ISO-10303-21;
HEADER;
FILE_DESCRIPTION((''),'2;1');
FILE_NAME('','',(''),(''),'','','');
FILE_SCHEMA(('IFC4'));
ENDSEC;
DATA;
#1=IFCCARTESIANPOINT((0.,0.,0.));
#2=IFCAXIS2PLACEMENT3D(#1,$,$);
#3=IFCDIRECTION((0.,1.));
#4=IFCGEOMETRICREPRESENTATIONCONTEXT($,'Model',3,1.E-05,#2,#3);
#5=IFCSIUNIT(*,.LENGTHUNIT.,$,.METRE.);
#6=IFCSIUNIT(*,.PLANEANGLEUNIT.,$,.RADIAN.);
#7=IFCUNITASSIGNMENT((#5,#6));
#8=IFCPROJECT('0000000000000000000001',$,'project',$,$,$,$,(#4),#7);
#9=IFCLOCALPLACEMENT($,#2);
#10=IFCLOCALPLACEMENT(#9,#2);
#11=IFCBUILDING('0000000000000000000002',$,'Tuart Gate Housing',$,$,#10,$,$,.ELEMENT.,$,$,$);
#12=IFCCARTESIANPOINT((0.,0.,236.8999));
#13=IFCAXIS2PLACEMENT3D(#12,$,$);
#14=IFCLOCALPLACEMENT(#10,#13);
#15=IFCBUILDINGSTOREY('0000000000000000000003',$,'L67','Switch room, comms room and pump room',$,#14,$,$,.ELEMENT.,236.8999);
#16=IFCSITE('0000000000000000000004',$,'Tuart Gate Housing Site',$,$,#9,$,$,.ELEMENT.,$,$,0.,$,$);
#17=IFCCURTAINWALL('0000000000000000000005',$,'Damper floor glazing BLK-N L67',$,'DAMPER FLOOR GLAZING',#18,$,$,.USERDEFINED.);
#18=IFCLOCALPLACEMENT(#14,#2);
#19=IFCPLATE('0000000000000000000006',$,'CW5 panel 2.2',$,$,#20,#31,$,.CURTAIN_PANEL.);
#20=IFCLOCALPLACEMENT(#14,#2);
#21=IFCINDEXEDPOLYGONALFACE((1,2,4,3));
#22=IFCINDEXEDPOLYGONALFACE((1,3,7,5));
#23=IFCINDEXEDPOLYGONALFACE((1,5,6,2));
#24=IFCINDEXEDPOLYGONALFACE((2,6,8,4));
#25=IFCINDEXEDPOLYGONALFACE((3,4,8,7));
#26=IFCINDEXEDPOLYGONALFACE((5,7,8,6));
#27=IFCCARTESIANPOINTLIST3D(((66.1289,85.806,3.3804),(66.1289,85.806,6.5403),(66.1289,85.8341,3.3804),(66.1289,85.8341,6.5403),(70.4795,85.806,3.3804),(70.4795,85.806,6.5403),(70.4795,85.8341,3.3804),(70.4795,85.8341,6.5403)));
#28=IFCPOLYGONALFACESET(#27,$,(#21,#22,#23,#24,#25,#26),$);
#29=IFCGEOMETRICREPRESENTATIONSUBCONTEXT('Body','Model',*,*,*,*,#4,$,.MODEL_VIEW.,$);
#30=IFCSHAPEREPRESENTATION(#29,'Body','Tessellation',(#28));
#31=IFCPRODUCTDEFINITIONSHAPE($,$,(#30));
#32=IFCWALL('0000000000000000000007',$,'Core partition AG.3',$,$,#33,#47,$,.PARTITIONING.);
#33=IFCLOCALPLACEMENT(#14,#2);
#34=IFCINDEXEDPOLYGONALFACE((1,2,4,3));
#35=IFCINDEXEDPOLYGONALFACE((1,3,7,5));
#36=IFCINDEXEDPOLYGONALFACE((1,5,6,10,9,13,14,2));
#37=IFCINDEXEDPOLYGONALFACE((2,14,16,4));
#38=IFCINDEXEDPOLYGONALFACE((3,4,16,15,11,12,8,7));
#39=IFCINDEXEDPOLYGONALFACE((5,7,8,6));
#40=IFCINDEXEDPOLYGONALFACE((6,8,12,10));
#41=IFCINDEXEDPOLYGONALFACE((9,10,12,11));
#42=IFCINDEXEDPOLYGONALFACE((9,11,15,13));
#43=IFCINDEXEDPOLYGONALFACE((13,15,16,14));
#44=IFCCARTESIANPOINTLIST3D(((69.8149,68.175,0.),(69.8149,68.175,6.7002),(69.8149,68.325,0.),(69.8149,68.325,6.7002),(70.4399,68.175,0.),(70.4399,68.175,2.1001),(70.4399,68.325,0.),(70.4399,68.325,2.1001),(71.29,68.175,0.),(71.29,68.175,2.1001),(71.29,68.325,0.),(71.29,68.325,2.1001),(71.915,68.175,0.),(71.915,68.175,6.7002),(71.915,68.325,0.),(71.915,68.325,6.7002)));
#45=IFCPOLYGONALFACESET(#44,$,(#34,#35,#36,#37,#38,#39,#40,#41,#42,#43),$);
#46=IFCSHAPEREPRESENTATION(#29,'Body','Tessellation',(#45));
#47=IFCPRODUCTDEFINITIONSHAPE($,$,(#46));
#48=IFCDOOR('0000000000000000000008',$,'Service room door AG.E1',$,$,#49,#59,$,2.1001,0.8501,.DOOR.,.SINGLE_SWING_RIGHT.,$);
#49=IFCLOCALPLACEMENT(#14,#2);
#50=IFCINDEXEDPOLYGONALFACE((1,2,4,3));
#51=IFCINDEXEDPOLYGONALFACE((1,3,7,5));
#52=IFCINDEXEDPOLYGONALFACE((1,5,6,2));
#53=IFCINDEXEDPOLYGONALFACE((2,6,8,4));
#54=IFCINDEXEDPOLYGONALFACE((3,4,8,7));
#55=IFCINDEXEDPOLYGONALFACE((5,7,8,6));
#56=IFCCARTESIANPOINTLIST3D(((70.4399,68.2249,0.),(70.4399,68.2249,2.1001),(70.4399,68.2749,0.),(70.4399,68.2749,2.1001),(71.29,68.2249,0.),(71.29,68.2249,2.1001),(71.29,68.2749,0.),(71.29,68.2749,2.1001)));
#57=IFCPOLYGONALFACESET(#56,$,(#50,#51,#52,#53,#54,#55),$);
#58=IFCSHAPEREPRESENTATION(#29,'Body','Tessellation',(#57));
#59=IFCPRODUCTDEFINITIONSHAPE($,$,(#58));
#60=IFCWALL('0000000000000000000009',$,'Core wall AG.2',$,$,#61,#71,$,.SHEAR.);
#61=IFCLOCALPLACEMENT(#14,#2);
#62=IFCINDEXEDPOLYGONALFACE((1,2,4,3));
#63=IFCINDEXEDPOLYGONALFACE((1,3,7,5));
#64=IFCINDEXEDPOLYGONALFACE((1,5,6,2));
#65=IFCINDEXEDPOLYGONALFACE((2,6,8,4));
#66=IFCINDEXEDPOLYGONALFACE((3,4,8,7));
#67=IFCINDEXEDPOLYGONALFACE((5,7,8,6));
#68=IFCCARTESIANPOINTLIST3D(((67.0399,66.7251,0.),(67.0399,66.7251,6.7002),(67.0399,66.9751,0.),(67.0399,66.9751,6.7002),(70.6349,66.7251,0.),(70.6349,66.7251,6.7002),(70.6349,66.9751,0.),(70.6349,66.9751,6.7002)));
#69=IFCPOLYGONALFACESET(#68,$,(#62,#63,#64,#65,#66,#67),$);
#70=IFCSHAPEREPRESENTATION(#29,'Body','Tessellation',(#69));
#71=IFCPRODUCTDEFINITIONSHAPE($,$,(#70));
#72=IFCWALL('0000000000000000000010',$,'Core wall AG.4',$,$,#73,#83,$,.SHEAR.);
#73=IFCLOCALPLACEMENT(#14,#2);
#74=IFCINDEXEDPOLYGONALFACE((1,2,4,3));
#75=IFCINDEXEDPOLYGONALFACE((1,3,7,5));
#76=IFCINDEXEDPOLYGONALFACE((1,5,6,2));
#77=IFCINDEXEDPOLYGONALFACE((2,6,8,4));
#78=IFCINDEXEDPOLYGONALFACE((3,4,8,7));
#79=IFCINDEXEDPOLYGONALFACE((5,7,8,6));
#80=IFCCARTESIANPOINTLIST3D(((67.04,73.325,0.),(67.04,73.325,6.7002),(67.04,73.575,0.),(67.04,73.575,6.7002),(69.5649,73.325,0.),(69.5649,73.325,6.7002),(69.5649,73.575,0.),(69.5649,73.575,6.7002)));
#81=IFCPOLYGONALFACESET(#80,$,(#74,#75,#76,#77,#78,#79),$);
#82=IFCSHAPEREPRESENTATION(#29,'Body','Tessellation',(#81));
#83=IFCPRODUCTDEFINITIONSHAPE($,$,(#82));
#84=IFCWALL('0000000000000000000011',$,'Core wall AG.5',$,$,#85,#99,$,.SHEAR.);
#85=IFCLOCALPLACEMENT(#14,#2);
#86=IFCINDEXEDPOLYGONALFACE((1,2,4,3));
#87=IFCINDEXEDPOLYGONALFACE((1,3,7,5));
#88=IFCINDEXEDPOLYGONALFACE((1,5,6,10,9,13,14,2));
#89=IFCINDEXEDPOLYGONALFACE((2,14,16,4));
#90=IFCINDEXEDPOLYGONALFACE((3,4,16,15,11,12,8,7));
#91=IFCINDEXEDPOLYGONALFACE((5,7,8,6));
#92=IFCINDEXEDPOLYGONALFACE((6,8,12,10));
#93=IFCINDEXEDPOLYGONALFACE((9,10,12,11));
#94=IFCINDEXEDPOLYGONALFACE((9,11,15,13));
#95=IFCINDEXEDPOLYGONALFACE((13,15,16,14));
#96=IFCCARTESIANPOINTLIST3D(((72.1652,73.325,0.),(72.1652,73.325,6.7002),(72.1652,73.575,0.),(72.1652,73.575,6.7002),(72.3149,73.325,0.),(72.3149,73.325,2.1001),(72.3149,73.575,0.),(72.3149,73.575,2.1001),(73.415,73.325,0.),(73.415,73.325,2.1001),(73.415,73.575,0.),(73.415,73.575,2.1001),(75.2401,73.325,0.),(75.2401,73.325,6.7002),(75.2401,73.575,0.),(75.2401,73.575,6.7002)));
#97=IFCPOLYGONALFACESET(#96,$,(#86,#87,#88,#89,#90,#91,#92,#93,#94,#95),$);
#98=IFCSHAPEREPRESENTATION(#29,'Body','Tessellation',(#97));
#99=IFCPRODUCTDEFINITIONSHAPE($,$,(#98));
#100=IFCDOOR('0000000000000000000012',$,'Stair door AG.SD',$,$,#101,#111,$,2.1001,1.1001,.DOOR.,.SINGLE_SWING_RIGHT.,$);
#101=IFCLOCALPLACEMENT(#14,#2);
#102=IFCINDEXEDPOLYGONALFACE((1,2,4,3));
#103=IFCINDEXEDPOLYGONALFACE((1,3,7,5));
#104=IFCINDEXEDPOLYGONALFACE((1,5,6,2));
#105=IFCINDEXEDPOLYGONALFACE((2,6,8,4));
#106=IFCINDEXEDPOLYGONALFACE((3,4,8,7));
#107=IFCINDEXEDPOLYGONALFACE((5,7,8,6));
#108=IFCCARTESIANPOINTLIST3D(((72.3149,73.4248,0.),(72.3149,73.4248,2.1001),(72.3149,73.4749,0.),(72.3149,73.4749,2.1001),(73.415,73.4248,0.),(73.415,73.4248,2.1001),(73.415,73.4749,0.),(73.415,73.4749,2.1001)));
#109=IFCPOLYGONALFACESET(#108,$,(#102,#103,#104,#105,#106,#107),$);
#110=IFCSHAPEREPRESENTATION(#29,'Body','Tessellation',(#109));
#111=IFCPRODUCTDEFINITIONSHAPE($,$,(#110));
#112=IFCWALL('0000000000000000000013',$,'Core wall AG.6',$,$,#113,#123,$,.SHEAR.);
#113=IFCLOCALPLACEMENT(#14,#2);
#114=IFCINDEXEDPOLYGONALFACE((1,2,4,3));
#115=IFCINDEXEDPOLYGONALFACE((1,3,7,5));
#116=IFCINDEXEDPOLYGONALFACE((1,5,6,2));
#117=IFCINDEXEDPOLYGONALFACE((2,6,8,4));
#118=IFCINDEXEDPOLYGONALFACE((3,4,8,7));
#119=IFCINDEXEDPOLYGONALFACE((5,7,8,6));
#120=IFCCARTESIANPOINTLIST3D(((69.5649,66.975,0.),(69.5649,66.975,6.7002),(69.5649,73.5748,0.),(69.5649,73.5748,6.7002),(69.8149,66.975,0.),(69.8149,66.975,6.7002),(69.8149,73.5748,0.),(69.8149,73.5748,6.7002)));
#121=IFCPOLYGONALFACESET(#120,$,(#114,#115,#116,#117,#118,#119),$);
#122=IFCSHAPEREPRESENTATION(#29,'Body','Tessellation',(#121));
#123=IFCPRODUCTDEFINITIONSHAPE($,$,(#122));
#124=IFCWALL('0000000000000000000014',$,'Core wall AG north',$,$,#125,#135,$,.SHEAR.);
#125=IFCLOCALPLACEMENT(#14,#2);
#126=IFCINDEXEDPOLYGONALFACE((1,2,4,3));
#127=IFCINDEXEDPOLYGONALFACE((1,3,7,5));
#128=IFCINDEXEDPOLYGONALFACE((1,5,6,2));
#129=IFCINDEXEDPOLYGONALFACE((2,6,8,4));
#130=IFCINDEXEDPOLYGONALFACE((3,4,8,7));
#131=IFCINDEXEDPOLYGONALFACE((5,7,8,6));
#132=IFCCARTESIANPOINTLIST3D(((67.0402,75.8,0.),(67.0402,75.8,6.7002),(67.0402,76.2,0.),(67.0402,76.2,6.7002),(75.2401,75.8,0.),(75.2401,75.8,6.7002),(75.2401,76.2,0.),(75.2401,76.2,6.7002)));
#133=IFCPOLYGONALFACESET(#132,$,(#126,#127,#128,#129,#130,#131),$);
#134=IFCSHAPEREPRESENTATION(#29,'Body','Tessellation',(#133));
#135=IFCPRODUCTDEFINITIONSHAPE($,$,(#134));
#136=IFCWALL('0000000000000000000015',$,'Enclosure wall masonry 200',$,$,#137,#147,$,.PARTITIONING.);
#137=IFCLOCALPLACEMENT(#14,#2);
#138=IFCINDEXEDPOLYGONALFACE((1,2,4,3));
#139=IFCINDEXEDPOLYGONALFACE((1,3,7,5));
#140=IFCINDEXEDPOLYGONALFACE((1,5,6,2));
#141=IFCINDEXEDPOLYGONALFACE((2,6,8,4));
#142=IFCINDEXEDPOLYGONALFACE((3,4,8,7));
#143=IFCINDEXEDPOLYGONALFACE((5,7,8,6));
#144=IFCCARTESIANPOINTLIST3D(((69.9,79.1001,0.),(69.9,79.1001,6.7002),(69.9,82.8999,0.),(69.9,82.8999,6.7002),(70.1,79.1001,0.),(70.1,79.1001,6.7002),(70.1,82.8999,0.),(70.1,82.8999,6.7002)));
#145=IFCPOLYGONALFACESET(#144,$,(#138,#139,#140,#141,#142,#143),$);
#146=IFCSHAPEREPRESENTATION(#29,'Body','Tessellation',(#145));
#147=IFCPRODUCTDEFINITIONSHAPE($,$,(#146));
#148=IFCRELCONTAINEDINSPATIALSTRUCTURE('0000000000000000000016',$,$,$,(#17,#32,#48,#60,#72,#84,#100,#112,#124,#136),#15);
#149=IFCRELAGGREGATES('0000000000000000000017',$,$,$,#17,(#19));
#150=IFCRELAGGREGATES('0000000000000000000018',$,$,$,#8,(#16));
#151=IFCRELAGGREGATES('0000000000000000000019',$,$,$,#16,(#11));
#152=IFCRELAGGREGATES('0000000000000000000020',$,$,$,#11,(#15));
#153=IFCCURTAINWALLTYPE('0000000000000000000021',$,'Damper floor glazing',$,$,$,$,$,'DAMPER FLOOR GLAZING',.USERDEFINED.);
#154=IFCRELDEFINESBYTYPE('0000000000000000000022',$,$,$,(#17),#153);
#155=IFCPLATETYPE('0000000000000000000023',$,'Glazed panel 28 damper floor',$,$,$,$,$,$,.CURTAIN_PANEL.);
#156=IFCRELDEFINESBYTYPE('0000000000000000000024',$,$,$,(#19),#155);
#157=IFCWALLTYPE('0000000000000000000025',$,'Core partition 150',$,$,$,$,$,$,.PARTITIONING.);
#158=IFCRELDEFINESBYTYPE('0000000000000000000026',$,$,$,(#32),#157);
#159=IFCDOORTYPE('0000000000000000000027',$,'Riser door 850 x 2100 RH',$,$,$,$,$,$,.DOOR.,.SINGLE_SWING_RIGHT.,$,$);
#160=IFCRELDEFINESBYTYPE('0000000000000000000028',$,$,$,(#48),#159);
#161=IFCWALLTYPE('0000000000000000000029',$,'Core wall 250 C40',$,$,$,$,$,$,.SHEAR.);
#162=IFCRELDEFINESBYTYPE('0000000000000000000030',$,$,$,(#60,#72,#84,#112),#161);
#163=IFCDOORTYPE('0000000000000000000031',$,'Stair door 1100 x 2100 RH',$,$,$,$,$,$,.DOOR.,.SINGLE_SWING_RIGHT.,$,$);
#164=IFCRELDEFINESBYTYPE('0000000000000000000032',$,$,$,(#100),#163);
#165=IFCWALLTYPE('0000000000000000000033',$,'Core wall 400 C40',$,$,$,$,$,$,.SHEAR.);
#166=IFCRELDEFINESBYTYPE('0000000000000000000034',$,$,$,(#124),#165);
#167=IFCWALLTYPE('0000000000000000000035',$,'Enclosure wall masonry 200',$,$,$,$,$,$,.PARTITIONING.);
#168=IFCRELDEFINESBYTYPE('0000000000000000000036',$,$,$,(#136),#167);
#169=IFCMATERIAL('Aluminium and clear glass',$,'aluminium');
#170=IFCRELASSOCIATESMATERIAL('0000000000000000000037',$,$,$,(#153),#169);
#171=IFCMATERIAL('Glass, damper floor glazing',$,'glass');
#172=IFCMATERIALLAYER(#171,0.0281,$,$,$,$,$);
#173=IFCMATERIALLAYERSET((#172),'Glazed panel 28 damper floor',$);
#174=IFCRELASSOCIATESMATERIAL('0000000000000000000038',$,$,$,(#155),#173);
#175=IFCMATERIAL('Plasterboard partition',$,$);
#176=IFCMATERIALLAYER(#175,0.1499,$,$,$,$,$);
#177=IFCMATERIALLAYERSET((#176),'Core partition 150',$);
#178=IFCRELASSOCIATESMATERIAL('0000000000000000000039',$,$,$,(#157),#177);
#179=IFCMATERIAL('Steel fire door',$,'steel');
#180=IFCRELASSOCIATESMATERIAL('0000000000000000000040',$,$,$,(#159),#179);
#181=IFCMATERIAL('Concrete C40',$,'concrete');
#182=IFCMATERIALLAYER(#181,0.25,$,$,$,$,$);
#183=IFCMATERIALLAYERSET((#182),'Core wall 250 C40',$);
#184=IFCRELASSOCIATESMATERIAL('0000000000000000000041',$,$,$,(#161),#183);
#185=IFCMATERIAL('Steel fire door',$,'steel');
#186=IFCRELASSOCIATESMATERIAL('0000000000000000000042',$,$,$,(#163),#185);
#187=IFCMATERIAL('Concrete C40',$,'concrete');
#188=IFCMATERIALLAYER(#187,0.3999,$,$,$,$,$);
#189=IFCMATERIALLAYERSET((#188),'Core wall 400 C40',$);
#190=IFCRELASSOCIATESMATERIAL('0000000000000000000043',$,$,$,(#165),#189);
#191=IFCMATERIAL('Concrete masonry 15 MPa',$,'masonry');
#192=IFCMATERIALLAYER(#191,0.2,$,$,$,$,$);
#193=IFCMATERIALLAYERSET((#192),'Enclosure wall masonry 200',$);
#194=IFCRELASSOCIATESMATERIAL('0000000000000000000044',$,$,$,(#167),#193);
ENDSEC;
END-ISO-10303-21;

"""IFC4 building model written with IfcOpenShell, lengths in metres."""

from ifc_helpers import new_model, si_unit, direction, frame, frame_2d, origin, origin_2d, place, context, subcontext, project, spatial, rectangle, extrude, material, layer, layer_set, type_object, element, fill, aggregate, save


model = new_model("IFC4")

# Units and contexts
model_context = context("Model", 3, precision=1e-05, world=origin(), true_north=direction((0.0, 1.0)))
body_context = subcontext(model_context, "Body", "Model", "MODEL_VIEW")
ifc_project = project(units=[si_unit("LENGTHUNIT", "METRE"), si_unit("PLANEANGLEUNIT", "RADIAN")], contexts=[model_context])

# Site, building, storey
site_placement = place(None, origin())
site = spatial("IfcSite", under=ifc_project, at=site_placement, Name="Tuart Gate Housing Site", CompositionType="ELEMENT", RefElevation=0.0)
building_placement = place(site_placement, origin())
building = spatial("IfcBuilding", under=site, at=building_placement, Name="Tuart Gate Housing", CompositionType="ELEMENT")
storey_placement = place(building_placement, frame((0.0, 0.0, 236.8999)))
storey = spatial("IfcBuildingStorey", under=building, at=storey_placement, Name="L67", Description="Switch room, comms room and pump room", CompositionType="ELEMENT", Elevation=236.8999)

# Curtain wall, plate
ifc_material_1 = material(Name="Aluminium and clear glass", Category="aluminium")
curtain_wall_type = type_object("IfcCurtainWallType", Name="Damper floor glazing", ElementType="DAMPER FLOOR GLAZING", PredefinedType="USERDEFINED", material=ifc_material_1)
curtain_wall_placement = place(storey_placement, origin())
curtain_wall = element("IfcCurtainWall", 1, at=curtain_wall_placement, inside=storey, type_object=curtain_wall_type, Name="Damper floor glazing BLK-N L67", ObjectType="DAMPER FLOOR GLAZING", PredefinedType="USERDEFINED")
ifc_material_2 = material(Name="Glass, damper floor glazing", Category="glass")
ifc_layer_1 = layer(ifc_material_2, 0.0281)
ifc_layer_set_1 = layer_set([ifc_layer_1], Name="Glazed panel 28 damper floor")
plate_type = type_object("IfcPlateType", Name="Glazed panel 28 damper floor", PredefinedType="CURTAIN_PANEL", material=ifc_layer_set_1)
plate_1_placement = place(storey_placement, frame((68.3042, 85.8201, 3.3804), z_axis=(0.0, 0.0, 1.0), x_axis=(-1.0, 0.0, 0.0)))
plate_1 = element("IfcPlate", 2, at=plate_1_placement, type_object=plate_type, Name="CW5 panel 2.2", PredefinedType="CURTAIN_PANEL", context=body_context, shape_type="SweptSolid", body=[
    extrude(rectangle(XDim=4.3506, YDim=0.0281, at=origin_2d()), origin(), (0.0, 0.0, 1.0), 3.1599),
])
aggregate(curtain_wall, [plate_1])

# Wall, opening, door
ifc_material_3 = material(Name="Plasterboard partition")
ifc_layer_2 = layer(ifc_material_3, 0.1499)
ifc_layer_set_2 = layer_set([ifc_layer_2], Name="Core partition 150")
wall_type_1 = type_object("IfcWallType", Name="Core partition 150", PredefinedType="PARTITIONING", material=ifc_layer_set_2)
wall_1_placement = place(storey_placement, frame((69.8149, 68.25, 0.0), z_axis=(0.0, 0.0, 1.0), x_axis=(1.0, 0.0, 0.0)))
wall_1 = element("IfcWall", 3, at=wall_1_placement, inside=storey, type_object=wall_type_1, Name="Core partition AG.3", PredefinedType="PARTITIONING", context=body_context, shape_type="SweptSolid", body=[
    extrude(rectangle(XDim=2.1001, YDim=0.1499, at=frame_2d((1.05, 0.0))), origin(), (0.0, 0.0, 1.0), 6.7002),
])
opening_1_placement = place(wall_1_placement, frame((0.625, 0.0, 0.0)))
opening_1 = element("IfcOpeningElement", 4, at=opening_1_placement, cuts=wall_1, PredefinedType="OPENING", context=body_context, shape_type="SweptSolid", body=[
    extrude(rectangle(XDim=0.8501, YDim=2.1001, at=frame_2d((0.425, 1.05))), frame((0.0, 0.085, 0.0), z_axis=(0.0, -1.0, 0.0), x_axis=(1.0, 0.0, 0.0)), (0.0, 0.0, 1.0), 0.1699),
])
ifc_material_4 = material(Name="Steel fire door", Category="steel")
door_type_1 = type_object("IfcDoorType", Name="Riser door 850 x 2100 RH", OperationType="SINGLE_SWING_RIGHT", PredefinedType="DOOR", material=ifc_material_4)
door_1_placement = place(opening_1_placement, frame((0.8501, 0.0, 0.0), z_axis=(0.0, 0.0, 1.0), x_axis=(-1.0, 0.0, 0.0)))
door_1 = element("IfcDoor", 5, at=door_1_placement, inside=storey, type_object=door_type_1, Name="Service room door AG.E1", OperationType="SINGLE_SWING_RIGHT", OverallHeight=2.1001, OverallWidth=0.8501, PredefinedType="DOOR", context=body_context, shape_type="SweptSolid", body=[
    extrude(rectangle(XDim=0.8501, YDim=2.1001, at=frame_2d((0.425, 1.05))), frame((0.0, 0.0251, 0.0), z_axis=(0.0, -1.0, 0.0), x_axis=(1.0, 0.0, 0.0)), (0.0, 0.0, 1.0), 0.05),
])
fill(opening_1, door_1)

# Walls
ifc_material_5 = material(Name="Concrete C40", Category="concrete")
ifc_layer_3 = layer(ifc_material_5, 0.25)
ifc_layer_set_3 = layer_set([ifc_layer_3], Name="Core wall 250 C40")
wall_type_2 = type_object("IfcWallType", Name="Core wall 250 C40", PredefinedType="SHEAR", material=ifc_layer_set_3)
wall_2_placement = place(storey_placement, frame((67.04, 66.8501, 0.0), z_axis=(0.0, 0.0, 1.0), x_axis=(1.0, 0.0, 0.0)))
element("IfcWall", 6, at=wall_2_placement, inside=storey, type_object=wall_type_2, Name="Core wall AG.2", PredefinedType="SHEAR", context=body_context, shape_type="SweptSolid", body=[
    extrude(rectangle(XDim=3.595, YDim=0.25, at=frame_2d((1.7974, 0.0))), origin(), (0.0, 0.0, 1.0), 6.7002),
])
wall_3_placement = place(storey_placement, frame((67.04, 73.45, 0.0), z_axis=(0.0, 0.0, 1.0), x_axis=(1.0, 0.0, 0.0)))
element("IfcWall", 7, at=wall_3_placement, inside=storey, type_object=wall_type_2, Name="Core wall AG.4", PredefinedType="SHEAR", context=body_context, shape_type="SweptSolid", body=[
    extrude(rectangle(XDim=2.5249, YDim=0.25, at=frame_2d((1.2625, 0.0))), origin(), (0.0, 0.0, 1.0), 6.7002),
])

# Wall, opening, door
wall_4_placement = place(storey_placement, frame((72.165, 73.45, 0.0), z_axis=(0.0, 0.0, 1.0), x_axis=(1.0, 0.0, 0.0)))
wall_4 = element("IfcWall", 8, at=wall_4_placement, inside=storey, type_object=wall_type_2, Name="Core wall AG.5", PredefinedType="SHEAR", context=body_context, shape_type="SweptSolid", body=[
    extrude(rectangle(XDim=3.075, YDim=0.25, at=frame_2d((1.5376, 0.0))), origin(), (0.0, 0.0, 1.0), 6.7002),
])
opening_2_placement = place(wall_4_placement, frame((0.1499, 0.0, 0.0)))
opening_2 = element("IfcOpeningElement", 9, at=opening_2_placement, cuts=wall_4, PredefinedType="OPENING", context=body_context, shape_type="SweptSolid", body=[
    extrude(rectangle(XDim=1.1001, YDim=2.1001, at=frame_2d((0.55, 1.05))), frame((0.0, 0.135, 0.0), z_axis=(0.0, -1.0, 0.0), x_axis=(1.0, 0.0, 0.0)), (0.0, 0.0, 1.0), 0.27),
])
ifc_material_6 = material(Name="Steel fire door", Category="steel")
door_type_2 = type_object("IfcDoorType", Name="Stair door 1100 x 2100 RH", OperationType="SINGLE_SWING_RIGHT", PredefinedType="DOOR", material=ifc_material_6)
door_2_placement = place(opening_2_placement, frame((1.1001, 0.0, 0.0), z_axis=(0.0, 0.0, 1.0), x_axis=(-1.0, 0.0, 0.0)))
door_2 = element("IfcDoor", 10, at=door_2_placement, inside=storey, type_object=door_type_2, Name="Stair door AG.SD", OperationType="SINGLE_SWING_RIGHT", OverallHeight=2.1001, OverallWidth=1.1001, PredefinedType="DOOR", context=body_context, shape_type="SweptSolid", body=[
    extrude(rectangle(XDim=1.1001, YDim=2.1001, at=frame_2d((0.55, 1.05))), frame((0.0, 0.0251, 0.0), z_axis=(0.0, -1.0, 0.0), x_axis=(1.0, 0.0, 0.0)), (0.0, 0.0, 1.0), 0.05),
])
fill(opening_2, door_2)

# Walls
wall_5_placement = place(storey_placement, frame((69.6899, 66.9751, 0.0), z_axis=(0.0, 0.0, 1.0), x_axis=(0.0, 1.0, 0.0)))
element("IfcWall", 11, at=wall_5_placement, inside=storey, type_object=wall_type_2, Name="Core wall AG.6", PredefinedType="SHEAR", context=body_context, shape_type="SweptSolid", body=[
    extrude(rectangle(XDim=6.5999, YDim=0.25, at=frame_2d((3.2998, 0.0))), origin(), (0.0, 0.0, 1.0), 6.7002),
])
ifc_material_7 = material(Name="Concrete C40", Category="concrete")
ifc_layer_4 = layer(ifc_material_7, 0.3999)
ifc_layer_set_4 = layer_set([ifc_layer_4], Name="Core wall 400 C40")
wall_type_3 = type_object("IfcWallType", Name="Core wall 400 C40", PredefinedType="SHEAR", material=ifc_layer_set_4)
wall_6_placement = place(storey_placement, frame((67.04, 76.0, 0.0), z_axis=(0.0, 0.0, 1.0), x_axis=(1.0, 0.0, 0.0)))
element("IfcWall", 12, at=wall_6_placement, inside=storey, type_object=wall_type_3, Name="Core wall AG north", PredefinedType="SHEAR", context=body_context, shape_type="SweptSolid", body=[
    extrude(rectangle(XDim=8.2, YDim=0.3999, at=frame_2d((4.1001, 0.0))), origin(), (0.0, 0.0, 1.0), 6.7002),
])
ifc_material_8 = material(Name="Concrete masonry 15 MPa", Category="masonry")
ifc_layer_5 = layer(ifc_material_8, 0.2)
ifc_layer_set_5 = layer_set([ifc_layer_5], Name="Enclosure wall masonry 200")
wall_type_4 = type_object("IfcWallType", Name="Enclosure wall masonry 200", PredefinedType="PARTITIONING", material=ifc_layer_set_5)
wall_7_placement = place(storey_placement, frame((70.0, 79.1001, 0.0), z_axis=(0.0, 0.0, 1.0), x_axis=(0.0, 1.0, 0.0)))
element("IfcWall", 13, at=wall_7_placement, inside=storey, type_object=wall_type_4, Name="Enclosure wall masonry 200", PredefinedType="PARTITIONING", context=body_context, shape_type="SweptSolid", body=[
    extrude(rectangle(XDim=3.7998, YDim=0.2, at=frame_2d((1.8999, 0.0))), origin(), (0.0, 0.0, 1.0), 6.7002),
])

save(model, "model.ifc")
